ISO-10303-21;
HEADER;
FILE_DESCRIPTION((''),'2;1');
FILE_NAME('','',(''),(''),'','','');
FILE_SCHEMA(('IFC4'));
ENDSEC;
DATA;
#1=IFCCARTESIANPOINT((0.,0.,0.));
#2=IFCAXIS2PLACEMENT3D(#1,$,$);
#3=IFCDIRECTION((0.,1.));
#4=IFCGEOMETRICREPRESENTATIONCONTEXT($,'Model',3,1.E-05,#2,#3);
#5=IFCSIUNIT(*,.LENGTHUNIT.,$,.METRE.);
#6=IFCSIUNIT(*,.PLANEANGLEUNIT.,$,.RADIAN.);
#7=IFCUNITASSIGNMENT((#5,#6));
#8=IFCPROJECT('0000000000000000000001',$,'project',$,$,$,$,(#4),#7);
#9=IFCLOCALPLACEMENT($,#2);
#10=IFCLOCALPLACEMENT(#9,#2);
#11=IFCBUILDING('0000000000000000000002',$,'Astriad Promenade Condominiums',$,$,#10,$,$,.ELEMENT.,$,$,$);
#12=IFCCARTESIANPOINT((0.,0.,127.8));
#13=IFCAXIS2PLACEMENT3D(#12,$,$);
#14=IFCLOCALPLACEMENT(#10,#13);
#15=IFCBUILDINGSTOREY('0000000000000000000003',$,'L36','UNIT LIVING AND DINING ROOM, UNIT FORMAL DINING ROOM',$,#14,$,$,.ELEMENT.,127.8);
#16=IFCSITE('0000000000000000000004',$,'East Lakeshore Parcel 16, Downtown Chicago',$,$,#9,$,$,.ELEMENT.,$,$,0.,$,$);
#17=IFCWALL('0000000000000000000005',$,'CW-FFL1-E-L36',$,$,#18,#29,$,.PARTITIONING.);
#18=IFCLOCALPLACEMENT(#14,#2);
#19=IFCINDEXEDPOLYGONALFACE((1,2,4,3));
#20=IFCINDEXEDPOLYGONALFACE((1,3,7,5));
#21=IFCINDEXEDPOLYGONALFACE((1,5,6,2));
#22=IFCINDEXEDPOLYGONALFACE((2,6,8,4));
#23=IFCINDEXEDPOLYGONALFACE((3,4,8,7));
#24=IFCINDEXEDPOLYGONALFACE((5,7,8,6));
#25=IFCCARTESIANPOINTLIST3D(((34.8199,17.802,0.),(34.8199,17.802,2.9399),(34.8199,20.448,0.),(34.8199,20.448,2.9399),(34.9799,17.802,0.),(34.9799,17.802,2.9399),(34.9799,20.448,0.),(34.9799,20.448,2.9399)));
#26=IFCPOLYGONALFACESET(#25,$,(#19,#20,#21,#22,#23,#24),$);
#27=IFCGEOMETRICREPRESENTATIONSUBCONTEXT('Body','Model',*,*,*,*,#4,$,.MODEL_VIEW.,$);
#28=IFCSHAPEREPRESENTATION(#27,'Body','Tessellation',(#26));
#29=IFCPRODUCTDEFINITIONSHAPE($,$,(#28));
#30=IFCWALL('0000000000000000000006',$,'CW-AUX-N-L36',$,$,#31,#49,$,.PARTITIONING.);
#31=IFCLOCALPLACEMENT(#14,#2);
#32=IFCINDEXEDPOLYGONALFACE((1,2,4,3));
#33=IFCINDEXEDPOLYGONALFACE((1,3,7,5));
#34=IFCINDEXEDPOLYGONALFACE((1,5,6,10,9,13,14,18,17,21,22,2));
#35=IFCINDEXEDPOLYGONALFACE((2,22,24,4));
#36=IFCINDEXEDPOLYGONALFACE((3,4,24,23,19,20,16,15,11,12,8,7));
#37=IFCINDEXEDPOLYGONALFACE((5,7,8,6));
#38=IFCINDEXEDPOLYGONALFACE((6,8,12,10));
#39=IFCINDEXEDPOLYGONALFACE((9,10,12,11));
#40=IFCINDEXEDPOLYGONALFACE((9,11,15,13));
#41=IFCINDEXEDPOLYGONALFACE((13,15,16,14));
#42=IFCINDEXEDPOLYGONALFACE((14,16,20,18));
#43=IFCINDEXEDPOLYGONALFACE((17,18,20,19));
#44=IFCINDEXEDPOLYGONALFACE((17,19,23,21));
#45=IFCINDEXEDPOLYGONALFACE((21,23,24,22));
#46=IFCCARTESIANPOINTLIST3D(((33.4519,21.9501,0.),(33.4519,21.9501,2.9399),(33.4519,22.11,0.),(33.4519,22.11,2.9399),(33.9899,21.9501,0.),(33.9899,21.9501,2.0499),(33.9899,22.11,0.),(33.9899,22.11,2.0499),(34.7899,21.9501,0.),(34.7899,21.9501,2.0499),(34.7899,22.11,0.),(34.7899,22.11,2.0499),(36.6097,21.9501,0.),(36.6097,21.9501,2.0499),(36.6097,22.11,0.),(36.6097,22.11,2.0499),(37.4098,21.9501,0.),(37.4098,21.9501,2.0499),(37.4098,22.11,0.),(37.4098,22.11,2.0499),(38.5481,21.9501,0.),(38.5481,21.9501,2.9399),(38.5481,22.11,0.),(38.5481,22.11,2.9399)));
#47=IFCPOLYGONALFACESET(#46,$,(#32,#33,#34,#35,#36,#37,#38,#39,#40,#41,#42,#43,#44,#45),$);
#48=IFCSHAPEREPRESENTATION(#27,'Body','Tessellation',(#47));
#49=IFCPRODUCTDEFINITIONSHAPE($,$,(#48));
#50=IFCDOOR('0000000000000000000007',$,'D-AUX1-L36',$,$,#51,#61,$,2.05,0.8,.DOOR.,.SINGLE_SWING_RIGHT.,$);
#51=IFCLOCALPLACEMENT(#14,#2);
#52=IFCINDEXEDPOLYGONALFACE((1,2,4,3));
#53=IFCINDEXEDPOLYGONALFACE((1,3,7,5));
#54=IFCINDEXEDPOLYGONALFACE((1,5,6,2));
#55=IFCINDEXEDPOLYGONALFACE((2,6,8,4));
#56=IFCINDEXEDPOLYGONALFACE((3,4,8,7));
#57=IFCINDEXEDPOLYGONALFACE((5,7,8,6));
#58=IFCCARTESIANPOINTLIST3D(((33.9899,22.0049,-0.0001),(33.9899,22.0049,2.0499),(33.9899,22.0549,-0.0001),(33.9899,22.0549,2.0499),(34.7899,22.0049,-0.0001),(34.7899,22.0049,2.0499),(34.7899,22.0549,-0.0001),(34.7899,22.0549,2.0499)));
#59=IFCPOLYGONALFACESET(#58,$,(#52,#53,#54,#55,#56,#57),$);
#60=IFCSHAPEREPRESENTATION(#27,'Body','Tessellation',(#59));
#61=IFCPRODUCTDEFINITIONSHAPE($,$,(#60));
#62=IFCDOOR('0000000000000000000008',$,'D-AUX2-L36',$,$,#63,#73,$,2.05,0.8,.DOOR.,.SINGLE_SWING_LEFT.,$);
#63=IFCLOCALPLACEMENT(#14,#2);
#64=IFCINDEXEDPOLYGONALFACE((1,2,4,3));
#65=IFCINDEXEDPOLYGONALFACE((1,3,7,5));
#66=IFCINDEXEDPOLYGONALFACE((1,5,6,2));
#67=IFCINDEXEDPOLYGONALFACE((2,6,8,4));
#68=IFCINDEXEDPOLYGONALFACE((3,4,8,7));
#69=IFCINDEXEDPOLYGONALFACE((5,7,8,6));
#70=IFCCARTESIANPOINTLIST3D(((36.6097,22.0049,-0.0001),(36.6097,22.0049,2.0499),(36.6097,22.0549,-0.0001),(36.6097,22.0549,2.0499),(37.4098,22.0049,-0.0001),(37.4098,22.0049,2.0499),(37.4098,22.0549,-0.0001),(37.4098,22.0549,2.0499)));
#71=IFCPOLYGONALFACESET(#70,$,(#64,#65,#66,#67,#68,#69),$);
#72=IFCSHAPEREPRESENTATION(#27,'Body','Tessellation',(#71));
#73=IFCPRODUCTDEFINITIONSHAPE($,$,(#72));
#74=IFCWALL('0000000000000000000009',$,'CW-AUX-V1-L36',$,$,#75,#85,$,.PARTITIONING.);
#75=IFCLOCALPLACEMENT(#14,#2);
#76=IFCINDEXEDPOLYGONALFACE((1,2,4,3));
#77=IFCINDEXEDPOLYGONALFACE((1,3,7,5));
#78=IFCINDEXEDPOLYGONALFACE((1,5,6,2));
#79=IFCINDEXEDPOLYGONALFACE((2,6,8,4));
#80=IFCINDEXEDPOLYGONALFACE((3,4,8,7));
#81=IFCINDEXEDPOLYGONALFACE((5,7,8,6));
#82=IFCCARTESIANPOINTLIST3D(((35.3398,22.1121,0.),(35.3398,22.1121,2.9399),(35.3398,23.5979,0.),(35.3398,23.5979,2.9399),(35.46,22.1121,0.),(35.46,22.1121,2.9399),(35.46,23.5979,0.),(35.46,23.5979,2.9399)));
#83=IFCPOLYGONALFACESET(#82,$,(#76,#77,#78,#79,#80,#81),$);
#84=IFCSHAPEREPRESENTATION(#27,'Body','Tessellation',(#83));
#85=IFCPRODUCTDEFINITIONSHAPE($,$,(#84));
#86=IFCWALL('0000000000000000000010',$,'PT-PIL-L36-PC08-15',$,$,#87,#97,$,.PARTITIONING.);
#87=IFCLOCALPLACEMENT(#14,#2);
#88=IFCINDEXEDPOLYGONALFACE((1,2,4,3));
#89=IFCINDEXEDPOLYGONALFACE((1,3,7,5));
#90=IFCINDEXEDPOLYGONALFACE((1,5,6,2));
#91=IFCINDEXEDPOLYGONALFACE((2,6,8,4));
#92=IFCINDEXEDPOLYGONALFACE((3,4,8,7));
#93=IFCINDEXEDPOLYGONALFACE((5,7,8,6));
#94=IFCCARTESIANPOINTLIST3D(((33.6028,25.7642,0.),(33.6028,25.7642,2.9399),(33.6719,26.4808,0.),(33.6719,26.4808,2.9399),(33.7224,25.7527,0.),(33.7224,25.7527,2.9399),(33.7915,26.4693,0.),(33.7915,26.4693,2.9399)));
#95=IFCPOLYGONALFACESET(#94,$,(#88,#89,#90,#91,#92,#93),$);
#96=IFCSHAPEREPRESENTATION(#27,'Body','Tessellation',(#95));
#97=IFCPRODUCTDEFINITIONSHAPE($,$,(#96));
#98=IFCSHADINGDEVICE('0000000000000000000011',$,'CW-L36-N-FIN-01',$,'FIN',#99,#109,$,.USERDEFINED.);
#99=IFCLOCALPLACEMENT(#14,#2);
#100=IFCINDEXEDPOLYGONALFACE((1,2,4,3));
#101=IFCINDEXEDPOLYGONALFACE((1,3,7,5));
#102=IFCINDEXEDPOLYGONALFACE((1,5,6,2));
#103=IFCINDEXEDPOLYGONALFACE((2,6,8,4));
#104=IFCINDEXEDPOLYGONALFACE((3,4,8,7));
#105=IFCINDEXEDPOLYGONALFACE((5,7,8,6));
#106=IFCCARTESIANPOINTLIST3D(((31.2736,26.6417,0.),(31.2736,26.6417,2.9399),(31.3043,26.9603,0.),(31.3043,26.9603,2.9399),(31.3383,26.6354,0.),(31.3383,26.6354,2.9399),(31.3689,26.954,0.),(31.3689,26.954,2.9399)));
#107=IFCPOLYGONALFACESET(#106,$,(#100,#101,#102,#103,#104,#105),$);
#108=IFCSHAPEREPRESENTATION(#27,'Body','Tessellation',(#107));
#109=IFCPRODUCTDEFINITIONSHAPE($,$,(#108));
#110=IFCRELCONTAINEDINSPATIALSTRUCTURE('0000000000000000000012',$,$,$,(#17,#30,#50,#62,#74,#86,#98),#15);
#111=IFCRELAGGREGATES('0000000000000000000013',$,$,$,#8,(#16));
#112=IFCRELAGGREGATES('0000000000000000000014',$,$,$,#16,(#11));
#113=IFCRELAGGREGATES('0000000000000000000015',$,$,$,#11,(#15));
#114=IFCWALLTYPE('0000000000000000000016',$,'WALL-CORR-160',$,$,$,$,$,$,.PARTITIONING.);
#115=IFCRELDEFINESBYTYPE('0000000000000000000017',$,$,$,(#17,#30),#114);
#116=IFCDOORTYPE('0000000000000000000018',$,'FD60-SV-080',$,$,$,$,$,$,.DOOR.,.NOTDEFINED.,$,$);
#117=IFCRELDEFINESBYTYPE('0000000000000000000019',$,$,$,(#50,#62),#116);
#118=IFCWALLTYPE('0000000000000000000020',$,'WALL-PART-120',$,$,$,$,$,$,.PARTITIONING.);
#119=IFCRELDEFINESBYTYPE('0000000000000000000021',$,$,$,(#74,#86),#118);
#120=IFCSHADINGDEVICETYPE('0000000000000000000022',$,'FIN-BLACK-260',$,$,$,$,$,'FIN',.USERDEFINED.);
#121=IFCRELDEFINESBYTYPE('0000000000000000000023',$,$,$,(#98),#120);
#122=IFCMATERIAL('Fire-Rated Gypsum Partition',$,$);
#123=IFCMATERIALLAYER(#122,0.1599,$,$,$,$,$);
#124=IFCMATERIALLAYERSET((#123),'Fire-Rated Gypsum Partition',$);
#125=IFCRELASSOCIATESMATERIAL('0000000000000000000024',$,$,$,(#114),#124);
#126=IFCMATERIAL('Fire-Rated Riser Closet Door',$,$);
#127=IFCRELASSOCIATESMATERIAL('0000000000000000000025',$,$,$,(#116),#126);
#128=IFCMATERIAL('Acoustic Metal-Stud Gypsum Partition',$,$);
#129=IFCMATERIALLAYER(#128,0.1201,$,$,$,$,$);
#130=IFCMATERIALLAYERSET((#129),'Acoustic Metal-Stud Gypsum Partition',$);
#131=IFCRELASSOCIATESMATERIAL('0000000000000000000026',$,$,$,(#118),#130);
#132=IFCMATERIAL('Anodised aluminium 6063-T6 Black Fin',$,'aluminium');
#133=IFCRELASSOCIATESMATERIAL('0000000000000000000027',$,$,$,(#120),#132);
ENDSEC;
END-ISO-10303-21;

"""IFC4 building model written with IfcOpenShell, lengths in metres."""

from ifc_helpers import new_model, si_unit, direction, frame, frame_2d, origin, origin_2d, place, context, subcontext, project, spatial, rectangle, extrude, source, transform, mapped, material, layer, layer_set, type_object, type_shapes, element, fill, save


model = new_model("IFC4")

# Units and contexts
model_context = context("Model", 3, precision=1e-05, world=origin(), true_north=direction((0.0, 1.0)))
body_context = subcontext(model_context, "Body", "Model", "MODEL_VIEW")
ifc_project = project(units=[si_unit("LENGTHUNIT", "METRE"), si_unit("PLANEANGLEUNIT", "RADIAN")], contexts=[model_context])

# Site, building, storey
site_placement = place(None, origin())
site = spatial("IfcSite", under=ifc_project, at=site_placement, Name="East Lakeshore Parcel 16, Downtown Chicago", CompositionType="ELEMENT", RefElevation=0.0)
building_placement = place(site_placement, origin())
building = spatial("IfcBuilding", under=site, at=building_placement, Name="Astriad Promenade Condominiums", CompositionType="ELEMENT")
storey_placement = place(building_placement, frame((0.0, 0.0, 127.8)))
storey = spatial("IfcBuildingStorey", under=building, at=storey_placement, Name="L36", Description="UNIT LIVING AND DINING ROOM, UNIT FORMAL DINING ROOM", CompositionType="ELEMENT", Elevation=127.8)

# Wall
ifc_material_1 = material(Name="Fire-Rated Gypsum Partition")
ifc_layer_1 = layer(ifc_material_1, 0.1599)
ifc_layer_set_1 = layer_set([ifc_layer_1], Name="Fire-Rated Gypsum Partition")
wall_type_1 = type_object("IfcWallType", Name="WALL-CORR-160", PredefinedType="PARTITIONING", material=ifc_layer_set_1)
wall_1_placement = place(storey_placement, frame((34.8999, 17.802, 0.0), z_axis=(0.0, 0.0, 1.0), x_axis=(0.0, 1.0, 0.0)))
element("IfcWall", 1, at=wall_1_placement, inside=storey, type_object=wall_type_1, Name="CW-FFL1-E-L36", PredefinedType="PARTITIONING", context=body_context, shape_type="SweptSolid", body=[
    extrude(rectangle(XDim=2.646, YDim=0.1599, at=frame_2d((1.323, 0.0))), origin(), (0.0, 0.0, 1.0), 2.9399),
])

# Wall, openings, doors
wall_2_placement = place(storey_placement, frame((33.4519, 22.03, 0.0), z_axis=(0.0, 0.0, 1.0), x_axis=(1.0, 0.0, 0.0)))
wall_2 = element("IfcWall", 2, at=wall_2_placement, inside=storey, type_object=wall_type_1, Name="CW-AUX-N-L36", PredefinedType="PARTITIONING", context=body_context, shape_type="SweptSolid", body=[
    extrude(rectangle(XDim=5.0962, YDim=0.1599, at=frame_2d((2.5481, 0.0))), origin(), (0.0, 0.0, 1.0), 2.9399),
])
opening_1_placement = place(wall_2_placement, frame((0.5381, 0.0, 0.0)))
opening_1 = element("IfcOpeningElement", 3, at=opening_1_placement, cuts=wall_2, PredefinedType="OPENING", context=body_context, shape_type="SweptSolid", body=[
    extrude(rectangle(XDim=0.8, YDim=2.05, at=frame_2d((0.3999, 1.0249))), frame((0.0, 0.0898, 0.0), z_axis=(0.0, -1.0, 0.0), x_axis=(1.0, 0.0, 0.0)), (0.0, 0.0, 1.0), 0.1799),
])
opening_2_placement = place(wall_2_placement, frame((3.158, 0.0, 0.0)))
opening_2 = element("IfcOpeningElement", 4, at=opening_2_placement, cuts=wall_2, PredefinedType="OPENING", context=body_context, shape_type="SweptSolid", body=[
    extrude(rectangle(XDim=0.8, YDim=2.05, at=frame_2d((0.3999, 1.0249))), frame((0.0, 0.0898, 0.0), z_axis=(0.0, -1.0, 0.0), x_axis=(1.0, 0.0, 0.0)), (0.0, 0.0, 1.0), 0.1799),
])
ifc_material_2 = material(Name="Fire-Rated Riser Closet Door")
door_type_1 = type_object("IfcDoorType", Name="FD60-SV-080", OperationType="NOTDEFINED", PredefinedType="DOOR", material=ifc_material_2)
shared_shape_1 = source(origin(), body_context, "Body", "SweptSolid", [
    extrude(rectangle(XDim=0.8, YDim=2.05, at=frame_2d((0.3999, 1.0249))), frame((0.0, 0.0249, 0.0), z_axis=(0.0, -1.0, 0.0), x_axis=(1.0, 0.0, 0.0)), (0.0, 0.0, 1.0), 0.05),
])
type_shapes(door_type_1, [shared_shape_1])
door_1_placement = place(opening_1_placement, origin())
door_1 = element("IfcDoor", 5, at=door_1_placement, inside=storey, type_object=door_type_1, Name="D-AUX1-L36", OperationType="SINGLE_SWING_RIGHT", OverallHeight=2.05, OverallWidth=0.8, PredefinedType="DOOR", context=body_context, shape_type="MappedRepresentation", body=[
    mapped(shared_shape_1, transform((0.0, 0.0, 0.0), scale=1.0)),
])
fill(opening_1, door_1)
door_2_placement = place(opening_2_placement, origin())
door_2 = element("IfcDoor", 6, at=door_2_placement, inside=storey, type_object=door_type_1, Name="D-AUX2-L36", OperationType="SINGLE_SWING_LEFT", OverallHeight=2.05, OverallWidth=0.8, PredefinedType="DOOR", context=body_context, shape_type="MappedRepresentation", body=[
    mapped(shared_shape_1, transform((0.0, 0.0, 0.0), scale=1.0)),
])
fill(opening_2, door_2)

# Walls
ifc_material_3 = material(Name="Acoustic Metal-Stud Gypsum Partition")
ifc_layer_2 = layer(ifc_material_3, 0.1201)
ifc_layer_set_2 = layer_set([ifc_layer_2], Name="Acoustic Metal-Stud Gypsum Partition")
wall_type_2 = type_object("IfcWallType", Name="WALL-PART-120", PredefinedType="PARTITIONING", material=ifc_layer_set_2)
wall_3_placement = place(storey_placement, frame((35.3999, 22.1121, 0.0), z_axis=(0.0, 0.0, 1.0), x_axis=(0.0, 1.0, 0.0)))
element("IfcWall", 7, at=wall_3_placement, inside=storey, type_object=wall_type_2, Name="CW-AUX-V1-L36", PredefinedType="PARTITIONING", context=body_context, shape_type="SweptSolid", body=[
    extrude(rectangle(XDim=1.4858, YDim=0.1201, at=frame_2d((0.7429, 0.0))), origin(), (0.0, 0.0, 1.0), 2.9399),
])
wall_4_placement = place(storey_placement, frame((33.6626, 25.7585, 0.0), z_axis=(0.0, 0.0, 1.0), x_axis=(0.095977, 0.995384, 0.0)))
element("IfcWall", 8, at=wall_4_placement, inside=storey, type_object=wall_type_2, Name="PT-PIL-L36-PC08-15", PredefinedType="PARTITIONING", context=body_context, shape_type="SweptSolid", body=[
    extrude(rectangle(XDim=0.72, YDim=0.1201, at=frame_2d((0.3599, 0.0))), origin(), (0.0, 0.0, 1.0), 2.9399),
])

# Shading device
ifc_material_4 = material(Name="Anodised aluminium 6063-T6 Black Fin", Category="aluminium")
shading_device_type = type_object("IfcShadingDeviceType", Name="FIN-BLACK-260", ElementType="FIN", PredefinedType="USERDEFINED", material=ifc_material_4)
shared_shape_2 = source(origin(), body_context, "Body", "SweptSolid", [
    extrude(rectangle(XDim=0.0649, YDim=0.3201, at=origin_2d()), origin(), (0.0, 0.0, 1.0), 2.9399),
])
type_shapes(shading_device_type, [shared_shape_2])
shading_device_placement = place(storey_placement, frame((31.3213, 26.7979, 0.0), z_axis=(0.0, 0.0, 1.0), x_axis=(0.995396, -0.095846, 0.0)))
element("IfcShadingDevice", 9, at=shading_device_placement, inside=storey, type_object=shading_device_type, Name="CW-L36-N-FIN-01", ObjectType="FIN", PredefinedType="USERDEFINED", context=body_context, shape_type="MappedRepresentation", body=[
    mapped(shared_shape_2, transform((0.0, 0.0, 0.0), scale=1.0)),
])

save(model, "model.ifc")
